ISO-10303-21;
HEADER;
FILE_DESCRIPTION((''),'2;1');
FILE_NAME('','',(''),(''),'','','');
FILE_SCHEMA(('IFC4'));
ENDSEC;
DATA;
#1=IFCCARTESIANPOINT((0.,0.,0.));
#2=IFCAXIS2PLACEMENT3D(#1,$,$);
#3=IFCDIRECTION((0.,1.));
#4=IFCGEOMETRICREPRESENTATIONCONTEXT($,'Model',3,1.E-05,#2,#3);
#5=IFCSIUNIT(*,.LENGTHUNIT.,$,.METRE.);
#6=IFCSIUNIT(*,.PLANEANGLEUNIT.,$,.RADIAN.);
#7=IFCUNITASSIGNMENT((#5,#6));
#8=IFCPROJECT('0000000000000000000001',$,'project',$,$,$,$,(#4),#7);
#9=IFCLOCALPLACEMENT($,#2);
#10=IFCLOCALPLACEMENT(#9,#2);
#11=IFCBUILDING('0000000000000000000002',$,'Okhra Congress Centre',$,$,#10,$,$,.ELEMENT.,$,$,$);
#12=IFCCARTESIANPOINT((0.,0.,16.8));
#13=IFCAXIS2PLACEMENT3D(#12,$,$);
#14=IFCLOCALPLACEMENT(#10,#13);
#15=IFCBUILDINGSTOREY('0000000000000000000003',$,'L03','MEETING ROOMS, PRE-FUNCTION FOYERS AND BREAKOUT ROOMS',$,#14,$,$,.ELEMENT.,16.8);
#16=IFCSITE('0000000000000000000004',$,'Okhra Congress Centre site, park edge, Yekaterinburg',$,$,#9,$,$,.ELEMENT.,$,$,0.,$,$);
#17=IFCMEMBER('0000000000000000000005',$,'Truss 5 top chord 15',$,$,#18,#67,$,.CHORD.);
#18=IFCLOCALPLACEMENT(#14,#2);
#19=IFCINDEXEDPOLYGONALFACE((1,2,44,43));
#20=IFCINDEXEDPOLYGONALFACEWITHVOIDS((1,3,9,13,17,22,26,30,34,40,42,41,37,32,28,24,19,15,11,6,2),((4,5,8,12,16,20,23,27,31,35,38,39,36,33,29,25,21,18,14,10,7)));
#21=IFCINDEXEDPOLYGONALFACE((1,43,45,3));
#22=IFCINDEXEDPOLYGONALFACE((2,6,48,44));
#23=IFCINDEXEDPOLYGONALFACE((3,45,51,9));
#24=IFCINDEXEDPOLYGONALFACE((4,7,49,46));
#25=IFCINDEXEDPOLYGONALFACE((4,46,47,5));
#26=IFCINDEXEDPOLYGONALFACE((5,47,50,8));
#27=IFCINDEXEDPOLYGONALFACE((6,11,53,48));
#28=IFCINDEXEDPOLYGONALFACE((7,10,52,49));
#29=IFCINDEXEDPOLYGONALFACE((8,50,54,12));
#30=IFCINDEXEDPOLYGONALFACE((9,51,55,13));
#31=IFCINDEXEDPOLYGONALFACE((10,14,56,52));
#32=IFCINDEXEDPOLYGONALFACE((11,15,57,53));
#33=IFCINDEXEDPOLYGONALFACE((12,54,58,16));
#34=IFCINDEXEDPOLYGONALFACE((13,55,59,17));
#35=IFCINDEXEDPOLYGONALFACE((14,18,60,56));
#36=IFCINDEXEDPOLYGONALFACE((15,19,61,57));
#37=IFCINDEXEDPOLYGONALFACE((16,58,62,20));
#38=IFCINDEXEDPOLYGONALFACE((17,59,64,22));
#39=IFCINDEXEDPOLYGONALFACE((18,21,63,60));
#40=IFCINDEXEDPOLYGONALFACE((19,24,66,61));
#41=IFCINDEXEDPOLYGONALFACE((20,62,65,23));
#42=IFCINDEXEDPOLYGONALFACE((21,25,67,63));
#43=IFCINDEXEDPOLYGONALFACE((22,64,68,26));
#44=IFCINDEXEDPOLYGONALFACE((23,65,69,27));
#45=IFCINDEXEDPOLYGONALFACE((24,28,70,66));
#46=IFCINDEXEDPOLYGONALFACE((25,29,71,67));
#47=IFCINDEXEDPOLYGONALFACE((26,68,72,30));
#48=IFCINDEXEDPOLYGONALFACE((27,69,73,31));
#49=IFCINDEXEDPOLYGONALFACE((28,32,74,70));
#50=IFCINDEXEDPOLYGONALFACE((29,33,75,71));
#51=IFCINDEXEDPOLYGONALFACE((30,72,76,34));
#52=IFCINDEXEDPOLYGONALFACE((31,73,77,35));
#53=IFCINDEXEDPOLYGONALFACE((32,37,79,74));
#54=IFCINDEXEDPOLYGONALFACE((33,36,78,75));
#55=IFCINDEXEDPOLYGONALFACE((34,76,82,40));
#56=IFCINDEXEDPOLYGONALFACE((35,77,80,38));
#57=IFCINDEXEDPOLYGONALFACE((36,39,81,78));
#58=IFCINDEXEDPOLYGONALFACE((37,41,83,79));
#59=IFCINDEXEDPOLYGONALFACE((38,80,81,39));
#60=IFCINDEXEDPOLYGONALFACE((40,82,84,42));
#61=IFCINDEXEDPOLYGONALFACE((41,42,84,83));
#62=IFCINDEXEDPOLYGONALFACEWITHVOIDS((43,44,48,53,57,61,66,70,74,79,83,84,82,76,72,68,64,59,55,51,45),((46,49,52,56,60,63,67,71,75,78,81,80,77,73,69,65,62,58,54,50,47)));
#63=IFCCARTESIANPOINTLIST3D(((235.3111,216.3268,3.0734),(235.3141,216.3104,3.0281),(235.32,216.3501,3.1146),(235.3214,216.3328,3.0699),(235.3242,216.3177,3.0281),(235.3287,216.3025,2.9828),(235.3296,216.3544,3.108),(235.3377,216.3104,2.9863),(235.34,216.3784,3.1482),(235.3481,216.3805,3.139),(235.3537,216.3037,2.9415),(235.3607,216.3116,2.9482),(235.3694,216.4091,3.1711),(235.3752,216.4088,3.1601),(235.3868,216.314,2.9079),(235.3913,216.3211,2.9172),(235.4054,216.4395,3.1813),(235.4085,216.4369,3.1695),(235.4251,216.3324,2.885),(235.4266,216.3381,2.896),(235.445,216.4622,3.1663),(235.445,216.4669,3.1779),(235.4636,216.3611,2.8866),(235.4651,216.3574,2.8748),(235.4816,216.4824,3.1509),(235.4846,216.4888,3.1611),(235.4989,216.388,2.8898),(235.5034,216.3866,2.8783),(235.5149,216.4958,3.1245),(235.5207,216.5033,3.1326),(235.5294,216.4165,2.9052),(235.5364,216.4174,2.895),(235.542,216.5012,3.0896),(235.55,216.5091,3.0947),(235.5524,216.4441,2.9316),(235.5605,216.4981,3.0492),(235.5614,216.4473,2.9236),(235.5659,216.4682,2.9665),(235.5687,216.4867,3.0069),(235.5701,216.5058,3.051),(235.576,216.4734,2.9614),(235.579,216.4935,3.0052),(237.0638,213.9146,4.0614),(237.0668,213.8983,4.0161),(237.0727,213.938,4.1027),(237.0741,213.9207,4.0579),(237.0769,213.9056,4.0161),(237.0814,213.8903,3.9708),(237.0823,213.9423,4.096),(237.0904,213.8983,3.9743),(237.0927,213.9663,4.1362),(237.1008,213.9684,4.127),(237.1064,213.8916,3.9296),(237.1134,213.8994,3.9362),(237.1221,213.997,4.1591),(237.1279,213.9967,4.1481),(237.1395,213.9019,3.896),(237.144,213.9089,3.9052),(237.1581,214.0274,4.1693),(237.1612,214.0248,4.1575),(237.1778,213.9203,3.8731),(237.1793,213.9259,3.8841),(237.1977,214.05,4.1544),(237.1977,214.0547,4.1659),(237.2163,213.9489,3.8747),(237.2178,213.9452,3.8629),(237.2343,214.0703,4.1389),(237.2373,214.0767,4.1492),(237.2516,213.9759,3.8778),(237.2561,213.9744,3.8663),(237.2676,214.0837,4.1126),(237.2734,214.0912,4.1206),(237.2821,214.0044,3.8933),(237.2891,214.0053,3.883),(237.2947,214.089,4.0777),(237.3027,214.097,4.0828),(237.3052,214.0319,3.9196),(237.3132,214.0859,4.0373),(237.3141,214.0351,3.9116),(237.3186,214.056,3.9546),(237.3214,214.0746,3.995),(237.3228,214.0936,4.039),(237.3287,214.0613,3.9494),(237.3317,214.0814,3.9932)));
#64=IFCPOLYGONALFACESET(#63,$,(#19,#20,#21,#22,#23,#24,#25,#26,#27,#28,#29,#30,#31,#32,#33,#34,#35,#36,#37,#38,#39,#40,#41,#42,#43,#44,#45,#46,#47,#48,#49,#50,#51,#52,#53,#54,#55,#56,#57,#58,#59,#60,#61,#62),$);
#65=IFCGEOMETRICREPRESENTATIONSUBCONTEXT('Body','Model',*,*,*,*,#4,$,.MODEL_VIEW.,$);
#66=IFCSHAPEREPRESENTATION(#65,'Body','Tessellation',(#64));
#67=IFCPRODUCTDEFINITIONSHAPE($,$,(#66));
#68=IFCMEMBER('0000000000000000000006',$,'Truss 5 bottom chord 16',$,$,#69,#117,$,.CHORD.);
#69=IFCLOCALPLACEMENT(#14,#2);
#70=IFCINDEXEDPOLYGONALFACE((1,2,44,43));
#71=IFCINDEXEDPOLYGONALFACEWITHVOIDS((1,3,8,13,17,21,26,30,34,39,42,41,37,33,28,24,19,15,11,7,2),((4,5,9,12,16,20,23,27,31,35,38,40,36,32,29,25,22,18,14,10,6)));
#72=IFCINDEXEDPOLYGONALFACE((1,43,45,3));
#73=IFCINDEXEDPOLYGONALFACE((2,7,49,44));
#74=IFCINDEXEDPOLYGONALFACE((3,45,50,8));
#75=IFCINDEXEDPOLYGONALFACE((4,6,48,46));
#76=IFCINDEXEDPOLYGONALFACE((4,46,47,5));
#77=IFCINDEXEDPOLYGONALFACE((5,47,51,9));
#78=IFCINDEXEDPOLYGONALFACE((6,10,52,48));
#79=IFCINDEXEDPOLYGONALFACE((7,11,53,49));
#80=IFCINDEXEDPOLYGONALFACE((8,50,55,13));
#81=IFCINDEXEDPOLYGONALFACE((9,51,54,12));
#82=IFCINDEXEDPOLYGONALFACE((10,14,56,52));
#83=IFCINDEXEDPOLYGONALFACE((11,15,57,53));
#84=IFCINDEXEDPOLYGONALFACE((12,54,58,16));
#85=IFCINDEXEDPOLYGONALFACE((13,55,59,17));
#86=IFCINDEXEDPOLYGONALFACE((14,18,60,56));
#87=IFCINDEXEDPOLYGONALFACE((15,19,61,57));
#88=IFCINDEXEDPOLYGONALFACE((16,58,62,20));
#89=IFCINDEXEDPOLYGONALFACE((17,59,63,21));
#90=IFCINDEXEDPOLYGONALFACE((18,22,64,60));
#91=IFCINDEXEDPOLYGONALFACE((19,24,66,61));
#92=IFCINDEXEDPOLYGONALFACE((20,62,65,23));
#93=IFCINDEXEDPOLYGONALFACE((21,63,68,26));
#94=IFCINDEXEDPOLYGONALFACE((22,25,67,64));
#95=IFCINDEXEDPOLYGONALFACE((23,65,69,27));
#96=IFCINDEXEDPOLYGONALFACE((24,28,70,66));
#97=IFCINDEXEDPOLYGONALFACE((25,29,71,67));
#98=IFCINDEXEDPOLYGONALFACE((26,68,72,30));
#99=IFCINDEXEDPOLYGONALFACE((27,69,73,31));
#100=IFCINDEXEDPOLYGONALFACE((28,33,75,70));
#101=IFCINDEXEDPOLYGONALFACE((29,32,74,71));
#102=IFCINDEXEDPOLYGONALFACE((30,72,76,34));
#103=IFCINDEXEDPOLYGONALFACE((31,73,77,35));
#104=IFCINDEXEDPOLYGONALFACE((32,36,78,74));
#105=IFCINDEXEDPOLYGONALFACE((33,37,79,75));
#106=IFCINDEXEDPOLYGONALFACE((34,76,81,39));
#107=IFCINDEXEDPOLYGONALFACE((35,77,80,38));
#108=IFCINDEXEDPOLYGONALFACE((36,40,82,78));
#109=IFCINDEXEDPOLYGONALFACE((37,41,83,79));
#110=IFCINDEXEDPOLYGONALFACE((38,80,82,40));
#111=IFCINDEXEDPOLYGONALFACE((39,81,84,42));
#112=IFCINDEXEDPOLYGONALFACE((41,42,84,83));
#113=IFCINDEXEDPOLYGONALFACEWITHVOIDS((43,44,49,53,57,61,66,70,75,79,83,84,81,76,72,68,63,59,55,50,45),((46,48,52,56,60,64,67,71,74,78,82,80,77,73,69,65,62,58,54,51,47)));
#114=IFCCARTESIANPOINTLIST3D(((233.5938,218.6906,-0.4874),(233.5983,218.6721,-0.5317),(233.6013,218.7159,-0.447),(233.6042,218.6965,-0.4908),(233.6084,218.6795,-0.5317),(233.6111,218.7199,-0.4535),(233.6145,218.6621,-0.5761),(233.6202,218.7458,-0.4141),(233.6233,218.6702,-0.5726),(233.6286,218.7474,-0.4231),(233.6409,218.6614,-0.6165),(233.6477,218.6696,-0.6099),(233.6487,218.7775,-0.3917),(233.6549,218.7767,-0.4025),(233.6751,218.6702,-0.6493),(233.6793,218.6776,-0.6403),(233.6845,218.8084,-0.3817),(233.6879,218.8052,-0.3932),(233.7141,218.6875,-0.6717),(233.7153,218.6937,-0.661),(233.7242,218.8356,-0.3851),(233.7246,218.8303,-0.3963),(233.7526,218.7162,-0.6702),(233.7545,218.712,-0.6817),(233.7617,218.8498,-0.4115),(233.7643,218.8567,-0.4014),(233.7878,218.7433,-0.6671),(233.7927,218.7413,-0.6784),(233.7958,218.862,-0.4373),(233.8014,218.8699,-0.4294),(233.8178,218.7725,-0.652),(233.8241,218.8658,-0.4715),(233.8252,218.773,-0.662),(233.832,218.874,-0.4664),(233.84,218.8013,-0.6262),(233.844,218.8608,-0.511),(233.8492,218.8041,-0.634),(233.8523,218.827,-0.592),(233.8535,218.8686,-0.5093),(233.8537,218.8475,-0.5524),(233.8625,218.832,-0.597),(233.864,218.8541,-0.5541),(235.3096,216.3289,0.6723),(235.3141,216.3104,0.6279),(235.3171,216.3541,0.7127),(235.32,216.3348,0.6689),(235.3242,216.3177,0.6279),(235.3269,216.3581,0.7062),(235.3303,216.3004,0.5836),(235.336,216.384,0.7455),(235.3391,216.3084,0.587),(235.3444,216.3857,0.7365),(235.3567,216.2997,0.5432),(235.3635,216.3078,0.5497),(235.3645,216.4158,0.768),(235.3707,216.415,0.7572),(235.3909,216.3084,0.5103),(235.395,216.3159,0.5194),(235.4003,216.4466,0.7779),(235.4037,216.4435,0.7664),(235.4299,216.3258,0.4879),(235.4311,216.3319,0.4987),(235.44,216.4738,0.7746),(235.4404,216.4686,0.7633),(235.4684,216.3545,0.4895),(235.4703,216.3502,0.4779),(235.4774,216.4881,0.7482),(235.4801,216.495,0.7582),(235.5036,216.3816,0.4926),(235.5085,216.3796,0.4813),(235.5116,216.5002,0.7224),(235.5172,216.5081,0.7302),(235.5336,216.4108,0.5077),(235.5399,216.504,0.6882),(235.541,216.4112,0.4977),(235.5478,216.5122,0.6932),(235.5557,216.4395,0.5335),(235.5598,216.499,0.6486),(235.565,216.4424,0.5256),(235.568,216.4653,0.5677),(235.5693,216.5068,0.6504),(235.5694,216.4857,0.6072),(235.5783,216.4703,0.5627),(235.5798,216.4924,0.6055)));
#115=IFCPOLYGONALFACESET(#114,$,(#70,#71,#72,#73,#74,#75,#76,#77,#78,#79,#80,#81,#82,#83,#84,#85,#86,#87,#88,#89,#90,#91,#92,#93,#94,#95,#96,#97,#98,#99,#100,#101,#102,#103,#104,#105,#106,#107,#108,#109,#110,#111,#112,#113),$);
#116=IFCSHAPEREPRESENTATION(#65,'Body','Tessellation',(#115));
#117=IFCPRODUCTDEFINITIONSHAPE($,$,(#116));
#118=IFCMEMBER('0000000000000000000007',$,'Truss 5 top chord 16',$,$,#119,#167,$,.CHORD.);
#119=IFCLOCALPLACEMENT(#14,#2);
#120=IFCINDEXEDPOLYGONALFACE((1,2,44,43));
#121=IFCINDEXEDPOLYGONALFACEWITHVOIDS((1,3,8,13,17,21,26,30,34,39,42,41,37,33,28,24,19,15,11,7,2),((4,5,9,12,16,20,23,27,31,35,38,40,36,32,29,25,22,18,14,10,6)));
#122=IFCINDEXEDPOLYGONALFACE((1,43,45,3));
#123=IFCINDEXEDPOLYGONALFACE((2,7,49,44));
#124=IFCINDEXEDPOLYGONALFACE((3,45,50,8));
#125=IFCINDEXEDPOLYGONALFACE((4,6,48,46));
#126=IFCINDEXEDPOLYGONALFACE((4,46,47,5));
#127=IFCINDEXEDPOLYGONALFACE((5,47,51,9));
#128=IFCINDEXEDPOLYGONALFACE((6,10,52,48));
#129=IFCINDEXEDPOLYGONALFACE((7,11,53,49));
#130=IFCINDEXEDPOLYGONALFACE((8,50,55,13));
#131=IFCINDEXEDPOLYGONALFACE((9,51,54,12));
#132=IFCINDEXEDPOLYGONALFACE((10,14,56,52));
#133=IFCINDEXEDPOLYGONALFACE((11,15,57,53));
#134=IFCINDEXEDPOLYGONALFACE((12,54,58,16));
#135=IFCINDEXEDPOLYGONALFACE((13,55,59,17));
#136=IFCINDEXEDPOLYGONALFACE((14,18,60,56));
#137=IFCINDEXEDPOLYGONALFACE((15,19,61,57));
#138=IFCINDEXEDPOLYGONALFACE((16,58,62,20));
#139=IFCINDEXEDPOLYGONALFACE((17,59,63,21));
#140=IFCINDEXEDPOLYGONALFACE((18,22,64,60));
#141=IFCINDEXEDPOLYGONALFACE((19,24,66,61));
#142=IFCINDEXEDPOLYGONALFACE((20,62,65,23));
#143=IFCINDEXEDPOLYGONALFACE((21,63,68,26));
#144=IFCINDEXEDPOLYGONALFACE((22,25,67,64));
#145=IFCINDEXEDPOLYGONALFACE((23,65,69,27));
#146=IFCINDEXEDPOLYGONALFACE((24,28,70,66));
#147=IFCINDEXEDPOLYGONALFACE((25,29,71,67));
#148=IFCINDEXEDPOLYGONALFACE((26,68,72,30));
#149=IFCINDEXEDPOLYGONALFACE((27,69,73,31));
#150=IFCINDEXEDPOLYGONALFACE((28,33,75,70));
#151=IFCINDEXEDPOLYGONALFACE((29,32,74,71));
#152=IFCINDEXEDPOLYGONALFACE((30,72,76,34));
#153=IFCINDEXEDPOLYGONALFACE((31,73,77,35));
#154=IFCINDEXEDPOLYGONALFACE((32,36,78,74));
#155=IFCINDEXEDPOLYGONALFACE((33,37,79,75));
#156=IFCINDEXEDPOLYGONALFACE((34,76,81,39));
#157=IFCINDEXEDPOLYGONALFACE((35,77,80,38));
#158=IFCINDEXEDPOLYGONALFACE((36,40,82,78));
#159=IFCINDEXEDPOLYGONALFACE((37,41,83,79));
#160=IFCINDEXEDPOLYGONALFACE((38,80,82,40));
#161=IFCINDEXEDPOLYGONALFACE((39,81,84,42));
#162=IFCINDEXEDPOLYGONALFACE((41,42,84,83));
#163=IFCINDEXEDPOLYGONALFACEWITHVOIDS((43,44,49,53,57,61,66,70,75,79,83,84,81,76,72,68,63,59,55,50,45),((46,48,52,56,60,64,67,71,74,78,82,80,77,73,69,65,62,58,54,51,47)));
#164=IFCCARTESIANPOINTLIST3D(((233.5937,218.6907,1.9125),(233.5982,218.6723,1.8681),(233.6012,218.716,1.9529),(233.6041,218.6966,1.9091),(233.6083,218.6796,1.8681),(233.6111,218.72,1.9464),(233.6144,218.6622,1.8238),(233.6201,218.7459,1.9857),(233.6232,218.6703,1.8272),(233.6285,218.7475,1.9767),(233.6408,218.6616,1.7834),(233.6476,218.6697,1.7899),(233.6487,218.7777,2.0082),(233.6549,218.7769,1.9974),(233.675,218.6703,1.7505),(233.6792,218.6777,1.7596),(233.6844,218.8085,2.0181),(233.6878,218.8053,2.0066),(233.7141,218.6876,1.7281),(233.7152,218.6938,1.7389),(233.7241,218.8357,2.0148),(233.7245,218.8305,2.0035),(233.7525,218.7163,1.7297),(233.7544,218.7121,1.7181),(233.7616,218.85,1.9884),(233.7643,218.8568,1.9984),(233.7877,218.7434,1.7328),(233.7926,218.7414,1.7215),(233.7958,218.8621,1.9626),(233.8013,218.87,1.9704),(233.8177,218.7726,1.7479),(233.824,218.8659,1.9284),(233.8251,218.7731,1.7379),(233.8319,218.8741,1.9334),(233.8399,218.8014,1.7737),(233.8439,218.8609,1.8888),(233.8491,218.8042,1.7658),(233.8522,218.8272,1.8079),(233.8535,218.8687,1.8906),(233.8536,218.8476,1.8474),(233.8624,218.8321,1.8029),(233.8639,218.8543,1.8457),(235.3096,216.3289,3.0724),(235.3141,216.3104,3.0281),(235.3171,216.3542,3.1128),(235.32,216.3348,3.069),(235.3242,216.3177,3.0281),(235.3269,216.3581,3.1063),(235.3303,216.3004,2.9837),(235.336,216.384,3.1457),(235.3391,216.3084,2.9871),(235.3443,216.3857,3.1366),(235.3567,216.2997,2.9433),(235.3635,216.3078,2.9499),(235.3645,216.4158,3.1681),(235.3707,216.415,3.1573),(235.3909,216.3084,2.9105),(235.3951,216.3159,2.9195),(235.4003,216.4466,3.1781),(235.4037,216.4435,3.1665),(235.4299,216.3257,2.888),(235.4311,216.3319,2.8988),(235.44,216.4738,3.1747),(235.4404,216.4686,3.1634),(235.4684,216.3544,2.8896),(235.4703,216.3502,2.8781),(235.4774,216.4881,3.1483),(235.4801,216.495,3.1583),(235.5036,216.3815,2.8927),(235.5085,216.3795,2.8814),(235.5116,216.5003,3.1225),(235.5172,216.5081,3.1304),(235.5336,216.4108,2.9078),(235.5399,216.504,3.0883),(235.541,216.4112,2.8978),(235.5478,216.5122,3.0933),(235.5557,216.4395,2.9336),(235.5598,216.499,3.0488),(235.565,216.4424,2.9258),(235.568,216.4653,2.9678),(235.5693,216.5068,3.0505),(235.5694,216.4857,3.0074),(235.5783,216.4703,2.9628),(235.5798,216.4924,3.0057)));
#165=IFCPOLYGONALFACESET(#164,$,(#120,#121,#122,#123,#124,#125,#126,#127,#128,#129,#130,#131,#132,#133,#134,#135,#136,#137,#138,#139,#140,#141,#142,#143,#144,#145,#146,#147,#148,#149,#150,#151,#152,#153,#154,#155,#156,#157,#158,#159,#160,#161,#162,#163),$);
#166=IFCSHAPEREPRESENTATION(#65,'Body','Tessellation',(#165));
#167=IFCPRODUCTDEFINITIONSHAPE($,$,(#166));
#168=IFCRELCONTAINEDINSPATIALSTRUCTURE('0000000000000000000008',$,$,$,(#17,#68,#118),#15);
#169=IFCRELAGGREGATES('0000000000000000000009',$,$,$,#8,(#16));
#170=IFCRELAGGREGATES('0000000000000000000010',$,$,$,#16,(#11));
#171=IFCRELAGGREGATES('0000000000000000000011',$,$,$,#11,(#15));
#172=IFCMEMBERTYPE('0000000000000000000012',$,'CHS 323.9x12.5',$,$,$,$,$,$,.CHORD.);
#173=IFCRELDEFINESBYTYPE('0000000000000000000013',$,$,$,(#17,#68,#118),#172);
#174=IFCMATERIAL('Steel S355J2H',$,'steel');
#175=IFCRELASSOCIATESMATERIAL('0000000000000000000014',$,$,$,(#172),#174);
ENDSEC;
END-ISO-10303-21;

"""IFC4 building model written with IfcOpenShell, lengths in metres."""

from ifc_helpers import new_model, si_unit, direction, frame, origin, origin_2d, place, context, subcontext, project, spatial, hollow_circle, extrude, material, material_profile, profile_set, type_object, element, save


model = new_model("IFC4")

# Units and contexts
model_context = context("Model", 3, precision=1e-05, world=origin(), true_north=direction((0.0, 1.0)))
body_context = subcontext(model_context, "Body", "Model", "MODEL_VIEW")
ifc_project = project(units=[si_unit("LENGTHUNIT", "METRE"), si_unit("PLANEANGLEUNIT", "RADIAN")], contexts=[model_context])

# Site, building, storey
site_placement = place(None, origin())
site = spatial("IfcSite", under=ifc_project, at=site_placement, Name="Okhra Congress Centre site, park edge, Yekaterinburg", CompositionType="ELEMENT", RefElevation=0.0)
building_placement = place(site_placement, origin())
building = spatial("IfcBuilding", under=site, at=building_placement, Name="Okhra Congress Centre", CompositionType="ELEMENT")
storey_placement = place(building_placement, frame((0.0, 0.0, 16.8)))
storey = spatial("IfcBuildingStorey", under=building, at=storey_placement, Name="L03", Description="MEETING ROOMS, PRE-FUNCTION FOYERS AND BREAKOUT ROOMS", CompositionType="ELEMENT", Elevation=16.8)

# Members
ifc_material_1 = material(Name="Steel S355J2H", Category="steel")
ifc_material_profile_1 = material_profile(ifc_material_1, hollow_circle(Radius=0.1619, WallThickness=0.0125, at=origin_2d()), Name="CHS 323.9x12.5")
ifc_profile_set_1 = profile_set([ifc_material_profile_1], Name="Steel S355J2H")
member_type_1 = type_object("IfcMemberType", Name="CHS 323.9x12.5", PredefinedType="CHORD", material=ifc_profile_set_1)
for number, where, z_axis, x_axis, name in (
    (1, (237.1978, 213.9934, 4.0161), (-0.557988, 0.767923, -0.314553), (-0.808987, -0.587826, 0.0), "Truss 5 top chord 15"),
    (2, (235.4451, 216.4055, 0.6279), (-0.546233, 0.751887, -0.369182), (-0.80904, -0.587754, 0.0), "Truss 5 bottom chord 16"),
):
    element("IfcMember", number, at=place(storey_placement, frame(where, z_axis=z_axis, x_axis=x_axis)), inside=storey, type_object=member_type_1, Name=name, PredefinedType="CHORD", context=body_context, shape_type="SweptSolid", body=[
        extrude(hollow_circle(Radius=0.1619, WallThickness=0.0125, at=origin_2d()), origin(), (0.0, 0.0, 1.0), 3.1411),
    ])
member_1_placement = place(storey_placement, frame((235.4451, 216.4055, 3.0281), z_axis=(-0.546218, 0.751865, -0.369249), x_axis=(-0.80904, -0.587754, 0.0)))
element("IfcMember", 3, at=member_1_placement, inside=storey, type_object=member_type_1, Name="Truss 5 top chord 16", PredefinedType="CHORD", context=body_context, shape_type="SweptSolid", body=[
    extrude(hollow_circle(Radius=0.1619, WallThickness=0.0125, at=origin_2d()), origin(), (0.0, 0.0, 1.0), 3.1414),
])

save(model, "model.ifc")
